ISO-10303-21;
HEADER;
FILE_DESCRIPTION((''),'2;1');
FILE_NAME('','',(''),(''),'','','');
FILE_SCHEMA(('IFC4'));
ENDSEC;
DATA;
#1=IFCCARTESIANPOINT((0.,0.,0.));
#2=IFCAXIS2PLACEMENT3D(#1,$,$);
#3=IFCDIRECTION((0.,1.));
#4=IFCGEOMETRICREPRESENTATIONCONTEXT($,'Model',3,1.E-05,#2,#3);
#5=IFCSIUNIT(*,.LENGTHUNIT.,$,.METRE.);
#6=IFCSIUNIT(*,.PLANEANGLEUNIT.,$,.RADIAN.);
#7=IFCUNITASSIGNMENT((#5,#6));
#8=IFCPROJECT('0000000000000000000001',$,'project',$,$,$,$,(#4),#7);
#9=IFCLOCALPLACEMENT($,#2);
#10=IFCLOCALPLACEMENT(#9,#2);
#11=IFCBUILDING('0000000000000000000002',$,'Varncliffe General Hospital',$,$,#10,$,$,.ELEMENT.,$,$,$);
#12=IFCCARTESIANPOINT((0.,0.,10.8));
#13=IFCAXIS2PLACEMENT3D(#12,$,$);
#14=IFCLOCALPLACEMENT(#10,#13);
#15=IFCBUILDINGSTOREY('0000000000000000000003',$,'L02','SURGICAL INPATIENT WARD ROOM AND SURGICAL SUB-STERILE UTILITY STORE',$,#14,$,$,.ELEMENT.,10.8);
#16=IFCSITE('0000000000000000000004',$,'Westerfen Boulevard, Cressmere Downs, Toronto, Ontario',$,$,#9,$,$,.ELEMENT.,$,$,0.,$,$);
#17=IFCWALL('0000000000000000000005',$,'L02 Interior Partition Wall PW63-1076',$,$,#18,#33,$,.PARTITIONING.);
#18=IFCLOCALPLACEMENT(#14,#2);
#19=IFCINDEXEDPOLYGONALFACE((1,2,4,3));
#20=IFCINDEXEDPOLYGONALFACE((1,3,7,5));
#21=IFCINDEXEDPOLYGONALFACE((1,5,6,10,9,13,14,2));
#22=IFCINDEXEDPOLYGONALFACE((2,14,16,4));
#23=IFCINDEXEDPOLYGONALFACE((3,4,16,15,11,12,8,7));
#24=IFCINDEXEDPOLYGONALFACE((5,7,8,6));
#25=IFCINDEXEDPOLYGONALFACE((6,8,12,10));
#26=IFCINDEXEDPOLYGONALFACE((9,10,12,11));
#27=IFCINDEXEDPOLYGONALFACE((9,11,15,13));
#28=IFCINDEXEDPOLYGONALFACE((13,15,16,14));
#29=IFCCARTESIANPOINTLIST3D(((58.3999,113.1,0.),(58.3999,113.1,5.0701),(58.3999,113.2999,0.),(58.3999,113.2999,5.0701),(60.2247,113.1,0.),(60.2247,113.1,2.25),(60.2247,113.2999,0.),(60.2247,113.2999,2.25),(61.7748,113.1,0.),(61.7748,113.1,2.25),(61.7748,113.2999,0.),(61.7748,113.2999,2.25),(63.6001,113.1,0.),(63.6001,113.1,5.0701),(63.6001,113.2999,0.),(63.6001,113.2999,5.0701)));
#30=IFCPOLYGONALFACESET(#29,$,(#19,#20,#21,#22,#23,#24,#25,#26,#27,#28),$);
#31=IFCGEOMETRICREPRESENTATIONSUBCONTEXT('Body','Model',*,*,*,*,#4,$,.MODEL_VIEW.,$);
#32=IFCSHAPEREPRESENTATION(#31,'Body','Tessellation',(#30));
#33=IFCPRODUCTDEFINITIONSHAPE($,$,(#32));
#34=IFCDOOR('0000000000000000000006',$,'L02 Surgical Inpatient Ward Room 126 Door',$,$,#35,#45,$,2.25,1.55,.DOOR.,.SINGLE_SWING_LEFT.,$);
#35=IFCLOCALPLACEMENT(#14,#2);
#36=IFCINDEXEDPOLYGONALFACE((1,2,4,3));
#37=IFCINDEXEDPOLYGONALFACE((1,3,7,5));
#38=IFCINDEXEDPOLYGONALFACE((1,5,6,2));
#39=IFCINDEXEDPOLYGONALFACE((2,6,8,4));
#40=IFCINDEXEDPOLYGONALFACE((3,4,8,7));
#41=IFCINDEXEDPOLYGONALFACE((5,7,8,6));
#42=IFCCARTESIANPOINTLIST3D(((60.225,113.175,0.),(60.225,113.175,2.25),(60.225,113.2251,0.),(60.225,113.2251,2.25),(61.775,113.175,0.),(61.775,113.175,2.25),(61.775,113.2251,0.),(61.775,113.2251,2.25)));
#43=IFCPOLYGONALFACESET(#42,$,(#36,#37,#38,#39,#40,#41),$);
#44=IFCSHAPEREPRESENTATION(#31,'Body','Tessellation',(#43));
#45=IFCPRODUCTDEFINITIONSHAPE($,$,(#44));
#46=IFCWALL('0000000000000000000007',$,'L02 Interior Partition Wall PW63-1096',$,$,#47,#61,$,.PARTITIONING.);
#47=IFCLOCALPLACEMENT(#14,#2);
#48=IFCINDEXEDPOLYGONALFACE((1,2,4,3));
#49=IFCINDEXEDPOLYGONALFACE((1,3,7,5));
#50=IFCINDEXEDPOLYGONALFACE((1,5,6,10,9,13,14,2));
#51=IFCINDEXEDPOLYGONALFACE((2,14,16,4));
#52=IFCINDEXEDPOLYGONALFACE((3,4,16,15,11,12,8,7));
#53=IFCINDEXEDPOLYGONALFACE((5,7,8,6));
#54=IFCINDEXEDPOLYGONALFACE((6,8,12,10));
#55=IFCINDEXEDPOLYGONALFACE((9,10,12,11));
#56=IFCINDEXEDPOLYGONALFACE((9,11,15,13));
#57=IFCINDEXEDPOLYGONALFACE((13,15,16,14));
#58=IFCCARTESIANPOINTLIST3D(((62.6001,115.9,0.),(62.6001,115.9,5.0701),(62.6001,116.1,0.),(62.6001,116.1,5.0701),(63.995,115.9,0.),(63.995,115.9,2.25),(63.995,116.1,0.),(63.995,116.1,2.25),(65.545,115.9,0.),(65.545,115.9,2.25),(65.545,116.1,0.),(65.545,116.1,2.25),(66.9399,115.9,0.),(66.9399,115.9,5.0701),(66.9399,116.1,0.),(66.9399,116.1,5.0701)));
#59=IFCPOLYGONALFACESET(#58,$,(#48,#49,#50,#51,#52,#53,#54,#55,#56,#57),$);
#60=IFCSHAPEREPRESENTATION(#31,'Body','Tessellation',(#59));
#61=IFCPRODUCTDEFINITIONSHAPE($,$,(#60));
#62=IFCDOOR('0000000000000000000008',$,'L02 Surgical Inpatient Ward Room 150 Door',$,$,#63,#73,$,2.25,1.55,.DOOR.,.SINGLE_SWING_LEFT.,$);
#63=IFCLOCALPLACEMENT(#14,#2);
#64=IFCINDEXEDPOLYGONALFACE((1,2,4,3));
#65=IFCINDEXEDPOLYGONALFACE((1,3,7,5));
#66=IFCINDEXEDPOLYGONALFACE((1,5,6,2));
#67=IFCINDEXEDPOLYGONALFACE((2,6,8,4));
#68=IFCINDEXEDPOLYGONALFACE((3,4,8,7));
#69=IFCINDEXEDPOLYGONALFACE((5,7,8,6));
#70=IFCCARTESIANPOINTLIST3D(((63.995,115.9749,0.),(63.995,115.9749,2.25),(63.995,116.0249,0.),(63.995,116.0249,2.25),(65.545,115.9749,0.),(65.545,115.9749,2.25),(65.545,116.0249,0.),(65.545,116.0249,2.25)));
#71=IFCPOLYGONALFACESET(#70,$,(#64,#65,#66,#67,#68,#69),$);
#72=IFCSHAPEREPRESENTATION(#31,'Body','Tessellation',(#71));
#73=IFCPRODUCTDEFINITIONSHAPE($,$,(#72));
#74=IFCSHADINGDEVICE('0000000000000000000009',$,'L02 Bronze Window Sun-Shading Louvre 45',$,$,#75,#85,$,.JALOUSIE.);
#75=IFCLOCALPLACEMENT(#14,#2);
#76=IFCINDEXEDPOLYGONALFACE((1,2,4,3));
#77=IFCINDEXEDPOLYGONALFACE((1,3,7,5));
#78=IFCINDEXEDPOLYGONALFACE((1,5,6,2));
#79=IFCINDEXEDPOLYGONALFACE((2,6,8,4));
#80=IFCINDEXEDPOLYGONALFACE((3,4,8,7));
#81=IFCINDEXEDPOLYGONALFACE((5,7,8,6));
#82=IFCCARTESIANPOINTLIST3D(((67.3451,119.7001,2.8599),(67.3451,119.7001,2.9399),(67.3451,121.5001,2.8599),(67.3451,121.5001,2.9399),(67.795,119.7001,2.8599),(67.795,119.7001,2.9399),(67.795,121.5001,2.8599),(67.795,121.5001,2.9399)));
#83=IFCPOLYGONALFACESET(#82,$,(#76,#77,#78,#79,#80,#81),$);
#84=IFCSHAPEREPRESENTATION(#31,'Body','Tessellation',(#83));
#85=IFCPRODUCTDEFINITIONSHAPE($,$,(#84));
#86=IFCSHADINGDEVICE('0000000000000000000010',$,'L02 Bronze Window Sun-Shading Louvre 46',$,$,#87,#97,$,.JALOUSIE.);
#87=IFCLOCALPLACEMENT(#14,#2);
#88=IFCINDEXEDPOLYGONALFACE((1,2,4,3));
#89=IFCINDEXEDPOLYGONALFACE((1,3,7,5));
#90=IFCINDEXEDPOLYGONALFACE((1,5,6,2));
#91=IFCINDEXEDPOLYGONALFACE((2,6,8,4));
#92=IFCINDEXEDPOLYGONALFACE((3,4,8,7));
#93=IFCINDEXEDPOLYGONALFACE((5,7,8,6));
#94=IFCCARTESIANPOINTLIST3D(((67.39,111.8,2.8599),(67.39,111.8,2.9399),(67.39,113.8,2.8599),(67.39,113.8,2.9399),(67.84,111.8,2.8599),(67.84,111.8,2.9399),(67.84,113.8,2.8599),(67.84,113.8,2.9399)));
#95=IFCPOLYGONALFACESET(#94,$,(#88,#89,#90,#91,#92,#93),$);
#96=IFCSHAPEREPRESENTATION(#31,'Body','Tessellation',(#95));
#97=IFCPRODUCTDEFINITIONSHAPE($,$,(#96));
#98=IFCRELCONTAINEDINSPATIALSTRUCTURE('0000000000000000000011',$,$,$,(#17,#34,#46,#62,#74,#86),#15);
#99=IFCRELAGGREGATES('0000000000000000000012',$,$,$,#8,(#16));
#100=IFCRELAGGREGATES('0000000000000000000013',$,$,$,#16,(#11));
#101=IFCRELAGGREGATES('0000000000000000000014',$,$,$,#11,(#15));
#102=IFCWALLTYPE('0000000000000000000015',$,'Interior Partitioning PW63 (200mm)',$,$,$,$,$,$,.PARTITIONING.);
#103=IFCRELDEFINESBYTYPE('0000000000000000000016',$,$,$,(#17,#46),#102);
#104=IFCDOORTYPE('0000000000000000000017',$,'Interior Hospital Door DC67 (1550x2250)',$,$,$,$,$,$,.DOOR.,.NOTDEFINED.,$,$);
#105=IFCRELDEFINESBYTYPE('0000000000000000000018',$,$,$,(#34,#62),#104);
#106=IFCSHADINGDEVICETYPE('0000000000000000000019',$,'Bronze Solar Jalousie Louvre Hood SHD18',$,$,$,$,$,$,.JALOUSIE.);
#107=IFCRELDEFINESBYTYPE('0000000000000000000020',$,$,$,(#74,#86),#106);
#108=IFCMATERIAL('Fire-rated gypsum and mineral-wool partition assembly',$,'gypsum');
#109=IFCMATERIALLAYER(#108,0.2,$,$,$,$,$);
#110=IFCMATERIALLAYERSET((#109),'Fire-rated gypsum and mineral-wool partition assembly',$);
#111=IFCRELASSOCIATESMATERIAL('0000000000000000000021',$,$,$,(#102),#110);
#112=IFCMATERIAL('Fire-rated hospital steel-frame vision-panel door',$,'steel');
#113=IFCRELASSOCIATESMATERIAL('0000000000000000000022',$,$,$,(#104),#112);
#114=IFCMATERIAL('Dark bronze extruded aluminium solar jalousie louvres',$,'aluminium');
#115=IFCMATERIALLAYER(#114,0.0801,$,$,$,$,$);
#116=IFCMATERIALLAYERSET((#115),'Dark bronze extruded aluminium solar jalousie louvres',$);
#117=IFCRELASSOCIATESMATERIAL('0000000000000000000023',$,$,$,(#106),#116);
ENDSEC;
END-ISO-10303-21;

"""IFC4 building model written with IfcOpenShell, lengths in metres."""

from ifc_helpers import new_model, si_unit, direction, frame, frame_2d, origin, origin_2d, place, context, subcontext, project, spatial, rectangle, extrude, material, layer, layer_set, type_object, element, fill, save


model = new_model("IFC4")

# Units and contexts
model_context = context("Model", 3, precision=1e-05, world=origin(), true_north=direction((0.0, 1.0)))
body_context = subcontext(model_context, "Body", "Model", "MODEL_VIEW")
ifc_project = project(units=[si_unit("LENGTHUNIT", "METRE"), si_unit("PLANEANGLEUNIT", "RADIAN")], contexts=[model_context])

# Site, building, storey
site_placement = place(None, origin())
site = spatial("IfcSite", under=ifc_project, at=site_placement, Name="Westerfen Boulevard, Cressmere Downs, Toronto, Ontario", CompositionType="ELEMENT", RefElevation=0.0)
building_placement = place(site_placement, origin())
building = spatial("IfcBuilding", under=site, at=building_placement, Name="Varncliffe General Hospital", CompositionType="ELEMENT")
storey_placement = place(building_placement, frame((0.0, 0.0, 10.8)))
storey = spatial("IfcBuildingStorey", under=building, at=storey_placement, Name="L02", Description="SURGICAL INPATIENT WARD ROOM AND SURGICAL SUB-STERILE UTILITY STORE", CompositionType="ELEMENT", Elevation=10.8)

# Shared definitions
ifc_material_1 = material(Name="Fire-rated gypsum and mineral-wool partition assembly", Category="gypsum")

# Walls, openings, doors
ifc_layer_1 = layer(ifc_material_1, 0.2)
ifc_layer_set_1 = layer_set([ifc_layer_1], Name="Fire-rated gypsum and mineral-wool partition assembly")
wall_type_1 = type_object("IfcWallType", Name="Interior Partitioning PW63 (200mm)", PredefinedType="PARTITIONING", material=ifc_layer_set_1)
wall_1_placement = place(storey_placement, frame((58.3999, 113.2, 0.0), z_axis=(0.0, 0.0, 1.0), x_axis=(1.0, 0.0, 0.0)))
wall_1 = element("IfcWall", 1, at=wall_1_placement, inside=storey, type_object=wall_type_1, Name="L02 Interior Partition Wall PW63-1076", PredefinedType="PARTITIONING", context=body_context, shape_type="SweptSolid", body=[
    extrude(rectangle(XDim=5.2002, YDim=0.2, at=frame_2d((2.6001, 0.0))), origin(), (0.0, 0.0, 1.0), 5.0701),
])
opening_1_placement = place(wall_1_placement, frame((1.825, 0.0, 0.0)))
opening_1 = element("IfcOpeningElement", 2, at=opening_1_placement, cuts=wall_1, PredefinedType="OPENING", context=body_context, shape_type="SweptSolid", body=[
    extrude(rectangle(XDim=1.55, YDim=2.25, at=frame_2d((0.7749, 1.125))), frame((0.0, 0.1099, 0.0), z_axis=(0.0, -1.0, 0.0), x_axis=(1.0, 0.0, 0.0)), (0.0, 0.0, 1.0), 0.22),
])
ifc_material_2 = material(Name="Fire-rated hospital steel-frame vision-panel door", Category="steel")
door_type = type_object("IfcDoorType", Name="Interior Hospital Door DC67 (1550x2250)", OperationType="NOTDEFINED", PredefinedType="DOOR", material=ifc_material_2)
door_1_placement = place(opening_1_placement, frame((1.55, 0.0, 0.0), z_axis=(0.0, 0.0, 1.0), x_axis=(-1.0, 0.0, 0.0)))
door_1 = element("IfcDoor", 3, at=door_1_placement, inside=storey, type_object=door_type, Name="L02 Surgical Inpatient Ward Room 126 Door", OperationType="SINGLE_SWING_LEFT", OverallHeight=2.25, OverallWidth=1.55, PredefinedType="DOOR", context=body_context, shape_type="SweptSolid", body=[
    extrude(rectangle(XDim=1.55, YDim=2.25, at=frame_2d((0.7749, 1.125))), frame((0.0, 0.0249, 0.0), z_axis=(0.0, -1.0, 0.0), x_axis=(1.0, 0.0, 0.0)), (0.0, 0.0, 1.0), 0.05),
])
fill(opening_1, door_1)
wall_2_placement = place(storey_placement, frame((62.6001, 116.0, 0.0), z_axis=(0.0, 0.0, 1.0), x_axis=(1.0, 0.0, 0.0)))
wall_2 = element("IfcWall", 4, at=wall_2_placement, inside=storey, type_object=wall_type_1, Name="L02 Interior Partition Wall PW63-1096", PredefinedType="PARTITIONING", context=body_context, shape_type="SweptSolid", body=[
    extrude(rectangle(XDim=4.3398, YDim=0.2, at=frame_2d((2.1699, 0.0))), origin(), (0.0, 0.0, 1.0), 5.0701),
])
opening_2_placement = place(wall_2_placement, frame((1.395, 0.0, 0.0)))
opening_2 = element("IfcOpeningElement", 5, at=opening_2_placement, cuts=wall_2, PredefinedType="OPENING", context=body_context, shape_type="SweptSolid", body=[
    extrude(rectangle(XDim=1.55, YDim=2.25, at=frame_2d((0.7749, 1.125))), frame((0.0, 0.1099, 0.0), z_axis=(0.0, -1.0, 0.0), x_axis=(1.0, 0.0, 0.0)), (0.0, 0.0, 1.0), 0.22),
])
door_2_placement = place(opening_2_placement, origin())
door_2 = element("IfcDoor", 6, at=door_2_placement, inside=storey, type_object=door_type, Name="L02 Surgical Inpatient Ward Room 150 Door", OperationType="SINGLE_SWING_LEFT", OverallHeight=2.25, OverallWidth=1.55, PredefinedType="DOOR", context=body_context, shape_type="SweptSolid", body=[
    extrude(rectangle(XDim=1.55, YDim=2.25, at=frame_2d((0.7749, 1.125))), frame((0.0, 0.0249, 0.0), z_axis=(0.0, -1.0, 0.0), x_axis=(1.0, 0.0, 0.0)), (0.0, 0.0, 1.0), 0.05),
])
fill(opening_2, door_2)

# Shading devices
ifc_material_3 = material(Name="Dark bronze extruded aluminium solar jalousie louvres", Category="aluminium")
ifc_layer_2 = layer(ifc_material_3, 0.0801)
ifc_layer_set_2 = layer_set([ifc_layer_2], Name="Dark bronze extruded aluminium solar jalousie louvres")
shading_device_type = type_object("IfcShadingDeviceType", Name="Bronze Solar Jalousie Louvre Hood SHD18", PredefinedType="JALOUSIE", material=ifc_layer_set_2)
shading_device_1_placement = place(storey_placement, frame((67.5701, 120.6001, 2.8599), z_axis=(0.0, 0.0, 1.0), x_axis=(0.0, -1.0, 0.0)))
element("IfcShadingDevice", 7, at=shading_device_1_placement, inside=storey, type_object=shading_device_type, Name="L02 Bronze Window Sun-Shading Louvre 45", PredefinedType="JALOUSIE", context=body_context, shape_type="SweptSolid", body=[
    extrude(rectangle(XDim=1.8, YDim=0.45, at=origin_2d()), origin(), (0.0, 0.0, 1.0), 0.0801),
])
shading_device_2_placement = place(storey_placement, frame((67.615, 112.8, 2.8599), z_axis=(0.0, 0.0, 1.0), x_axis=(0.0, -1.0, 0.0)))
element("IfcShadingDevice", 8, at=shading_device_2_placement, inside=storey, type_object=shading_device_type, Name="L02 Bronze Window Sun-Shading Louvre 46", PredefinedType="JALOUSIE", context=body_context, shape_type="SweptSolid", body=[
    extrude(rectangle(XDim=2.0, YDim=0.45, at=origin_2d()), origin(), (0.0, 0.0, 1.0), 0.0801),
])

save(model, "model.ifc")
